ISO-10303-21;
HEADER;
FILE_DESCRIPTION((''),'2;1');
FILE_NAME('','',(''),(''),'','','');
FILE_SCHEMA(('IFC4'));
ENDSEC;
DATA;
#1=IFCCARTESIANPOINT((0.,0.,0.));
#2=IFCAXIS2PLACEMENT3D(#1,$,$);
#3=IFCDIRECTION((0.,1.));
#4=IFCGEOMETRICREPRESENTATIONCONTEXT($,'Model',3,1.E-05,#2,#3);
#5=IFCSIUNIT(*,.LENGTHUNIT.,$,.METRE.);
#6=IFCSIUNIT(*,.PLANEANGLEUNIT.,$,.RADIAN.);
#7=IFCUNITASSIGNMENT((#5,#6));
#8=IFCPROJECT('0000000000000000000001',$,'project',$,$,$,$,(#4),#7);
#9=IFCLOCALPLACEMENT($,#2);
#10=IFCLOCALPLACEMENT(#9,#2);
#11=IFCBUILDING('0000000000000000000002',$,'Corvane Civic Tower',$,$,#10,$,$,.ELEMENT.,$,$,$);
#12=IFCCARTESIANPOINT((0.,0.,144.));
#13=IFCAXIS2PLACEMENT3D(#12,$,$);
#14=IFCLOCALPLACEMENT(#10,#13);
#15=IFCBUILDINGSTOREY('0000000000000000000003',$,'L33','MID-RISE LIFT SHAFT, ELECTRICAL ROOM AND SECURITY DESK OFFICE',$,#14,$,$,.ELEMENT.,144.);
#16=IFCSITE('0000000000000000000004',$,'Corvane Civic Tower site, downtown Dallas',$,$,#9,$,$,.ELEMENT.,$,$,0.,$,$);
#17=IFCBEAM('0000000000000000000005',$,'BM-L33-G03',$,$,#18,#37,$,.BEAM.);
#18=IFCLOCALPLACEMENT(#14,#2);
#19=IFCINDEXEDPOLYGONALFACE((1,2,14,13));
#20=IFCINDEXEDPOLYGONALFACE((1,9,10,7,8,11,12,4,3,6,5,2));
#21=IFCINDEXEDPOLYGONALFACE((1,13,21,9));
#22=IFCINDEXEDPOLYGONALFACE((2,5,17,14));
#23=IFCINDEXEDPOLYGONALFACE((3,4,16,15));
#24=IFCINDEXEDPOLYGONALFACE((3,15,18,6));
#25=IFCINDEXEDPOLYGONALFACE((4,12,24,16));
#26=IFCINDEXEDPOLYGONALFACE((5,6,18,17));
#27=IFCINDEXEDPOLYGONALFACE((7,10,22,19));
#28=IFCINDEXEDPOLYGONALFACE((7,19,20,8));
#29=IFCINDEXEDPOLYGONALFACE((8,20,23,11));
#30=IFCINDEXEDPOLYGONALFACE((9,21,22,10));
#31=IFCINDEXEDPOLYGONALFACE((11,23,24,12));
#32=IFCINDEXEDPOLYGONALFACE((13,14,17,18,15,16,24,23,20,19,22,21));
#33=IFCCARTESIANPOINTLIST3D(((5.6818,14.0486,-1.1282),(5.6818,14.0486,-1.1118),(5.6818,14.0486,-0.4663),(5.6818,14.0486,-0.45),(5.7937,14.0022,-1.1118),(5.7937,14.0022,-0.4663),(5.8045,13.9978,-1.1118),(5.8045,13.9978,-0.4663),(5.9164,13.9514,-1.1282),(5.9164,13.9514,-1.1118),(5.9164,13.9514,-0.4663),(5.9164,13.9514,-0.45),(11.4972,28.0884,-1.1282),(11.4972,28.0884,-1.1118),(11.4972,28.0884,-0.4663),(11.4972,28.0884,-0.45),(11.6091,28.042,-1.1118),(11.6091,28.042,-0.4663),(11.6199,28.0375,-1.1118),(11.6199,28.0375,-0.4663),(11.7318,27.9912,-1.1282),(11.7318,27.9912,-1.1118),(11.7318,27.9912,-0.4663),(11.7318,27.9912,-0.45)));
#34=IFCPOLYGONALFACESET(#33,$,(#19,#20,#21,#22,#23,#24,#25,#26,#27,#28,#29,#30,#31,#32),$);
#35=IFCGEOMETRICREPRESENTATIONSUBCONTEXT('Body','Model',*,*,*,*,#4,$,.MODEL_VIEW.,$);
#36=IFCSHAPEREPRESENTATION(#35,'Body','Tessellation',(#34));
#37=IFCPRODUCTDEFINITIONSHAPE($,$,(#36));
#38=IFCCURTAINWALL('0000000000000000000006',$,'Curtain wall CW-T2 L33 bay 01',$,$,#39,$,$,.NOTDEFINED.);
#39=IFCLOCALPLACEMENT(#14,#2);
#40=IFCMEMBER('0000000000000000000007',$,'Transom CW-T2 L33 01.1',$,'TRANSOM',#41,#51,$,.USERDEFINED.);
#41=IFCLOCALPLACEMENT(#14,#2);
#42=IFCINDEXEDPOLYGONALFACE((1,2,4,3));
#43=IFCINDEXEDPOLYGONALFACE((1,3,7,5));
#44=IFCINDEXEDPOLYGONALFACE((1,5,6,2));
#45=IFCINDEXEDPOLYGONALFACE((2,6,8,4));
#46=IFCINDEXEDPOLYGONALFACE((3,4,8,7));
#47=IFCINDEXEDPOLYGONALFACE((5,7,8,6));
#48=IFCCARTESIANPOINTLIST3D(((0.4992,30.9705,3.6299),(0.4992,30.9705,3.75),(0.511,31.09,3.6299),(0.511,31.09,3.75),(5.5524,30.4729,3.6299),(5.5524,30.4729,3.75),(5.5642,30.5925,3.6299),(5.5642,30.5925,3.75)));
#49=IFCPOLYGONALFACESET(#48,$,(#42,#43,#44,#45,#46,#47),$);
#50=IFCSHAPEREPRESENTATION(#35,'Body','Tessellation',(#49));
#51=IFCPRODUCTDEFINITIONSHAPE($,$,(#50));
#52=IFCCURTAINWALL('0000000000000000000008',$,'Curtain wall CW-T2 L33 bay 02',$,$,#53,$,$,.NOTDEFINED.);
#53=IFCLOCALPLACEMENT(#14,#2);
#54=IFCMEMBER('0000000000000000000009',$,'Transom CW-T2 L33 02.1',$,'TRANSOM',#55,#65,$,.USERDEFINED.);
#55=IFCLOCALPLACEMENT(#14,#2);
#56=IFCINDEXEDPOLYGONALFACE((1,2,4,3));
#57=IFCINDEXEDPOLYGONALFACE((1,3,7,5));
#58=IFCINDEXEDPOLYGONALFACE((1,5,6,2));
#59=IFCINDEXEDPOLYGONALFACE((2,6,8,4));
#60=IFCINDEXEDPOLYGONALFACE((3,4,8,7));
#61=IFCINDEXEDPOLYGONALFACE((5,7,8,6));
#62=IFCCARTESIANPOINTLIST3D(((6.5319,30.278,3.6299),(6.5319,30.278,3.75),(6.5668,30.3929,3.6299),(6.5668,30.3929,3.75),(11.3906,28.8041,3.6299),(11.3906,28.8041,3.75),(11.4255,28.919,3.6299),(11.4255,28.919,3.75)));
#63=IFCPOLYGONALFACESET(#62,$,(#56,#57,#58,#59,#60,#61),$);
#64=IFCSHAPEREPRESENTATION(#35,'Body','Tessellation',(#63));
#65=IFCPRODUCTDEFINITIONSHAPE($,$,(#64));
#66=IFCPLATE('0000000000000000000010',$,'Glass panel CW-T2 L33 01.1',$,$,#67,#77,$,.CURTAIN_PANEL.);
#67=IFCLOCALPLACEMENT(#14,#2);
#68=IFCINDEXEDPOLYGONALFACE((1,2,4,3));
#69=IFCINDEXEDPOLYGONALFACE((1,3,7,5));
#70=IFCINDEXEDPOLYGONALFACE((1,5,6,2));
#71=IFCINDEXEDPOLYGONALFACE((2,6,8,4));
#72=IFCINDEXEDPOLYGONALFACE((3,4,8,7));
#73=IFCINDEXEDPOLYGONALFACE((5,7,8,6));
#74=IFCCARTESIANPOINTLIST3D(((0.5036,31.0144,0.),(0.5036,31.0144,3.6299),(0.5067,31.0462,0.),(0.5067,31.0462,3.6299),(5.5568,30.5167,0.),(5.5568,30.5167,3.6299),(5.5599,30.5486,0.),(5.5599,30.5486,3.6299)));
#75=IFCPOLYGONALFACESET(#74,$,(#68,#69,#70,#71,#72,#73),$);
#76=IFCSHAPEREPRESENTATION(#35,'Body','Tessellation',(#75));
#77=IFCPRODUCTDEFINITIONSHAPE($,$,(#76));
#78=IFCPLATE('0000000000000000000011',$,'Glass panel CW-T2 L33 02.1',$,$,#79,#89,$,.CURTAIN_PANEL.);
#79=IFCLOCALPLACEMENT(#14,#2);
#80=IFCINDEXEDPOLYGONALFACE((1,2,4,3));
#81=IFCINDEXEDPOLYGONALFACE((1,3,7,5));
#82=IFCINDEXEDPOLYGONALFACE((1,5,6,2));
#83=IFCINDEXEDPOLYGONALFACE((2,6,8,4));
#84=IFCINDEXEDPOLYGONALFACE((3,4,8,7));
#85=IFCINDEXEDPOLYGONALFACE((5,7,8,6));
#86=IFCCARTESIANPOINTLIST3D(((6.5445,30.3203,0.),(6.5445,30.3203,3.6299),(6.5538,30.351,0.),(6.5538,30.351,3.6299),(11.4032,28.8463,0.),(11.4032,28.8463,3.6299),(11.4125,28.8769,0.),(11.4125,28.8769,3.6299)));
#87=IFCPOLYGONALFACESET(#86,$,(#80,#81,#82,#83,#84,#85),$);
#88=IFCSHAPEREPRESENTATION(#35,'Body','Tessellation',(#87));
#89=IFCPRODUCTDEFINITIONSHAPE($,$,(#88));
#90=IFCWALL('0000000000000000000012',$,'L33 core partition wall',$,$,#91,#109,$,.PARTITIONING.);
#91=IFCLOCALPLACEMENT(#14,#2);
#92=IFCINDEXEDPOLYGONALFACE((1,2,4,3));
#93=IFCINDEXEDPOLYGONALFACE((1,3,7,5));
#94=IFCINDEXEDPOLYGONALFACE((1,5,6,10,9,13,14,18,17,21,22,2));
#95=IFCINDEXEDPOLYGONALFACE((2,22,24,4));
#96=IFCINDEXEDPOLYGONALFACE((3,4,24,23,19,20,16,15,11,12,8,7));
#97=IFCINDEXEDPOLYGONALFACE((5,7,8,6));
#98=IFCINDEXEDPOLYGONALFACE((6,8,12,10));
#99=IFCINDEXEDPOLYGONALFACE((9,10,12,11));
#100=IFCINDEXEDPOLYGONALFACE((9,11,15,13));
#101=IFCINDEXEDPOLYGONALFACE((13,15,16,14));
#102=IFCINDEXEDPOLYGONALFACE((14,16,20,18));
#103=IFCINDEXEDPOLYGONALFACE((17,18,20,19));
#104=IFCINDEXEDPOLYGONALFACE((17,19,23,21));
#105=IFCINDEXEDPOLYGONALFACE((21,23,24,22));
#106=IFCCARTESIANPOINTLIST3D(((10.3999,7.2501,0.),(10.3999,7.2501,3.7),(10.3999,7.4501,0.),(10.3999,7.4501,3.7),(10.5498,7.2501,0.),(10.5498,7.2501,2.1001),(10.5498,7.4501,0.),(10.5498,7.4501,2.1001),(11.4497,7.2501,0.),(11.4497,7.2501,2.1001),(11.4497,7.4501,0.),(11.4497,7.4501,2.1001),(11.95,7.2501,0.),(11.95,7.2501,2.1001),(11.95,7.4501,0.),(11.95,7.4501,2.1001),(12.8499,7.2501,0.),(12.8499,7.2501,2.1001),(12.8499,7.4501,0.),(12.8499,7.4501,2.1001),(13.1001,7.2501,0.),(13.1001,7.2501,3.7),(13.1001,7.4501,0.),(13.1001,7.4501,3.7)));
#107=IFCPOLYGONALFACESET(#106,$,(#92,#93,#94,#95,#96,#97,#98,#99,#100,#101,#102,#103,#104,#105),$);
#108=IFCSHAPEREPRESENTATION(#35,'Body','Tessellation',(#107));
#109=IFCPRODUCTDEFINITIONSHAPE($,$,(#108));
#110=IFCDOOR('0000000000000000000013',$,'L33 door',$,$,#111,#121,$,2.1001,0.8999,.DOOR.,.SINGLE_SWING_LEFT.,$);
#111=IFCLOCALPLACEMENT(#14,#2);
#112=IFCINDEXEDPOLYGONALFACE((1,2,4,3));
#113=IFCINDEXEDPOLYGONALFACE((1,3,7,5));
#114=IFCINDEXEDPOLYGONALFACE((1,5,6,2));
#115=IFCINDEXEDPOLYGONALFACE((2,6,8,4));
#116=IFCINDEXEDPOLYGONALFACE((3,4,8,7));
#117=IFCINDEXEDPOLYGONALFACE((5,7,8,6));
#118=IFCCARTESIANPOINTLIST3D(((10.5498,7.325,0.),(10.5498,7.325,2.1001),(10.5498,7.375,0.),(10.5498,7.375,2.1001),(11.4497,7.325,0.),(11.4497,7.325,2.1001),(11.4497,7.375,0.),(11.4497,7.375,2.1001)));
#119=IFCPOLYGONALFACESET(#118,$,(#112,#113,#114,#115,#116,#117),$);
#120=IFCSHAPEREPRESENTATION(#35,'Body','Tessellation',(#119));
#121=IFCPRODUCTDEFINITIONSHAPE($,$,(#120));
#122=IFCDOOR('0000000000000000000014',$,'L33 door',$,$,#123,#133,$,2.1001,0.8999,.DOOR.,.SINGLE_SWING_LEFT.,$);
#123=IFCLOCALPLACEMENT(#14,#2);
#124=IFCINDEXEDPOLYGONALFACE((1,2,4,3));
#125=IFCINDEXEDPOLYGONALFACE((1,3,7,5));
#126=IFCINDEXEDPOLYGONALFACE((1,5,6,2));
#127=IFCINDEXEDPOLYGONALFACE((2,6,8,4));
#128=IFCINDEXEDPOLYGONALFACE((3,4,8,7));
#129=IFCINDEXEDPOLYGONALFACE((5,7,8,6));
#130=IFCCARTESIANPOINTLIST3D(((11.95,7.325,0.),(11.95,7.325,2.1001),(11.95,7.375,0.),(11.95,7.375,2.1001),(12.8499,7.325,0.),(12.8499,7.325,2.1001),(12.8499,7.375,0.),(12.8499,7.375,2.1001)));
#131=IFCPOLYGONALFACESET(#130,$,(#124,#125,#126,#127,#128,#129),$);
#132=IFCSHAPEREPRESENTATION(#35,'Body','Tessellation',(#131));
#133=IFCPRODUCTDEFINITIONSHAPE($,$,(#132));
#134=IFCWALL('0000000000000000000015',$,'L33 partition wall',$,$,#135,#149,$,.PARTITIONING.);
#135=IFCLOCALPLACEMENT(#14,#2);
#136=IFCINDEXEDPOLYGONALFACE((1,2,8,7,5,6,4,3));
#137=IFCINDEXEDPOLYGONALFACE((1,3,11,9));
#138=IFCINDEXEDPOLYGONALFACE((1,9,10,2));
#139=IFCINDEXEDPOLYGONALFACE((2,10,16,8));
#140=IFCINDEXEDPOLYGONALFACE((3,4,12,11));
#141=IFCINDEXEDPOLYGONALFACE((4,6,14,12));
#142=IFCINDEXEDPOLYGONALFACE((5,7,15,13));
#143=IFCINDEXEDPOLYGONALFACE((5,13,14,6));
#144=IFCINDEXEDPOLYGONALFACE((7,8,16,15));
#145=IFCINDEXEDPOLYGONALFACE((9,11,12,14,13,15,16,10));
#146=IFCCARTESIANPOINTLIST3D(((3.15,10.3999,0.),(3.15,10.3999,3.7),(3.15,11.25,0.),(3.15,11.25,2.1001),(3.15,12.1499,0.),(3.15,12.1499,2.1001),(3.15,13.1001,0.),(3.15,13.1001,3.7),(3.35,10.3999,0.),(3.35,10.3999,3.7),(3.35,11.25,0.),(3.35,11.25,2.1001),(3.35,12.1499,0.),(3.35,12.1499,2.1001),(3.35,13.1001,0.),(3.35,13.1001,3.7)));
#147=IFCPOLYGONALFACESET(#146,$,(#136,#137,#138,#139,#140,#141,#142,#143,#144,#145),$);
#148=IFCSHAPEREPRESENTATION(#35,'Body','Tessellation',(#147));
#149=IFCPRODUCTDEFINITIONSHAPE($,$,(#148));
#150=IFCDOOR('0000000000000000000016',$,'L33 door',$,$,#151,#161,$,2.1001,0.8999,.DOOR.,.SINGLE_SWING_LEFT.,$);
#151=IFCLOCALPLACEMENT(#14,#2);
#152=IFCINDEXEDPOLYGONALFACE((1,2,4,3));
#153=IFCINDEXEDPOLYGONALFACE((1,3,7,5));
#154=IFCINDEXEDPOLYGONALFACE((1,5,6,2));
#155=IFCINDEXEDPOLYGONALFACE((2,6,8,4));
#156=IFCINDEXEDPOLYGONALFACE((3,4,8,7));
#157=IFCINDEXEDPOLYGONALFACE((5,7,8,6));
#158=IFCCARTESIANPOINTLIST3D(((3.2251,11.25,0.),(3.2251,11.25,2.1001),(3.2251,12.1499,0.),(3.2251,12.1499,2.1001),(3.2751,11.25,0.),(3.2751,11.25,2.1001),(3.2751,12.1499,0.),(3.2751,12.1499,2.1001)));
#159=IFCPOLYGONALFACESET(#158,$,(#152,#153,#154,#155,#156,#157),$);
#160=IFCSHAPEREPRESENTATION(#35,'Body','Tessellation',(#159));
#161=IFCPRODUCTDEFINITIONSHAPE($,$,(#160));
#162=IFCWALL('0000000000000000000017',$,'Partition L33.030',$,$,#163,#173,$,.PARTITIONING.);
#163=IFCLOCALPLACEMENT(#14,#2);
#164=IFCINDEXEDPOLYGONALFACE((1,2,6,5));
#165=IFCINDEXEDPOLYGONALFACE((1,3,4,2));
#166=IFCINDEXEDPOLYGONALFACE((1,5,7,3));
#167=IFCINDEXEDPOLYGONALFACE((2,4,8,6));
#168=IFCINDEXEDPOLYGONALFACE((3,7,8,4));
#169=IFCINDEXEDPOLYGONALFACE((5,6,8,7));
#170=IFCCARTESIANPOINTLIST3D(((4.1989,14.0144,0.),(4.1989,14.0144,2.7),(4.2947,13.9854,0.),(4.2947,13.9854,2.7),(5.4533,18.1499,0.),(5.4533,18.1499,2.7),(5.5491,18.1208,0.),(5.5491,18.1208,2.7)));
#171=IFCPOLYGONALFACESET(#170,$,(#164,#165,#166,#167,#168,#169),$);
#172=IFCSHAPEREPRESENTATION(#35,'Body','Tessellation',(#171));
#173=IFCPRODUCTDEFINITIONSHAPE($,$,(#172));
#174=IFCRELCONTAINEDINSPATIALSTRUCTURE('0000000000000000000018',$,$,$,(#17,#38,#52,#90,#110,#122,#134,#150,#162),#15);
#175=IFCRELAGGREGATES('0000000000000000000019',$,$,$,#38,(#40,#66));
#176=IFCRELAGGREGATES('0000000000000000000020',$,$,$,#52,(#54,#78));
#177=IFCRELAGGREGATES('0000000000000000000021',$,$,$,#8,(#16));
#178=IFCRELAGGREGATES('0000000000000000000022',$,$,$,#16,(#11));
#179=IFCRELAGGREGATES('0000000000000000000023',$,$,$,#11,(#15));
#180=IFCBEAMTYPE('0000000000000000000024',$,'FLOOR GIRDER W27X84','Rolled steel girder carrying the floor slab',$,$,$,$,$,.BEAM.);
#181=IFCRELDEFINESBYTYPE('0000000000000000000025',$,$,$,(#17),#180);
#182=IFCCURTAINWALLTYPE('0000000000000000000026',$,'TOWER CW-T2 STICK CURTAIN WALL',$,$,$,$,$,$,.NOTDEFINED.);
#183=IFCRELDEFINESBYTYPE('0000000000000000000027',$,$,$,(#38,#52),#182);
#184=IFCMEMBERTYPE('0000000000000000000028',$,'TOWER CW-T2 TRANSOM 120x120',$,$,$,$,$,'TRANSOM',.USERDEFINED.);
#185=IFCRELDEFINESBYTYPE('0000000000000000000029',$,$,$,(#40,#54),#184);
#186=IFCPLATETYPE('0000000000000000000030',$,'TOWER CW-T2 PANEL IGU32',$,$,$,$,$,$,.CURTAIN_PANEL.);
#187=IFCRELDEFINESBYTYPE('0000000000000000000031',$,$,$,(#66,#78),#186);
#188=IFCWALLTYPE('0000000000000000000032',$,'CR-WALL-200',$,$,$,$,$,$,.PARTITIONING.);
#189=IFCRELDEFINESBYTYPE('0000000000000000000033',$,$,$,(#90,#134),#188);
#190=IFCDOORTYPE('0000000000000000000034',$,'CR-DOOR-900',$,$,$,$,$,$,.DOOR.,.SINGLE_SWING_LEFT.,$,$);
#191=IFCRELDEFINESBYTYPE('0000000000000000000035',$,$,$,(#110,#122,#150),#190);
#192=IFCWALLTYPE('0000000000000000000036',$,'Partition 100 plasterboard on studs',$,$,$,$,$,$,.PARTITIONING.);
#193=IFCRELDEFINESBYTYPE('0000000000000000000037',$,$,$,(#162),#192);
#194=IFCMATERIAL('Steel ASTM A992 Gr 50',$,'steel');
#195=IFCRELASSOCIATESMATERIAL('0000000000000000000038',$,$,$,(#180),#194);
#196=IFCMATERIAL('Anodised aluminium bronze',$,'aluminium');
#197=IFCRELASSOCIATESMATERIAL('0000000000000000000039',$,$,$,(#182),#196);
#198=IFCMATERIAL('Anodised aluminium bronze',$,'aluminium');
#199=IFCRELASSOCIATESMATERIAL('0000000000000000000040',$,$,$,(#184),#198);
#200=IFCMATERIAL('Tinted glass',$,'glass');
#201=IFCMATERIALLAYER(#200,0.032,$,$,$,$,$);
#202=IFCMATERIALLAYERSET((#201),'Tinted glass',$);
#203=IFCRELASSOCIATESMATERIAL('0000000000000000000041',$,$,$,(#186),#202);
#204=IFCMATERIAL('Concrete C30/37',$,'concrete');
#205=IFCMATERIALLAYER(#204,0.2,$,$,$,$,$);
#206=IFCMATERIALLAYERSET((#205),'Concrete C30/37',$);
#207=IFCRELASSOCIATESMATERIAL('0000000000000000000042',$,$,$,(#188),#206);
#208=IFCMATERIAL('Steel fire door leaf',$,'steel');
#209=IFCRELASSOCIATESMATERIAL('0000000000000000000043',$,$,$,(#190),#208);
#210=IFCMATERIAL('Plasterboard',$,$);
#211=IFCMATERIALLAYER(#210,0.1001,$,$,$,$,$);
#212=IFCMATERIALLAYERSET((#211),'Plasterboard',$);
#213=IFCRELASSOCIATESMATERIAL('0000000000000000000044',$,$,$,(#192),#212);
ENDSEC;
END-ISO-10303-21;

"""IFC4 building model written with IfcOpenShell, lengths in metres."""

from ifc_helpers import new_model, si_unit, direction, frame, frame_2d, origin, origin_2d, place, context, subcontext, project, spatial, rectangle, i_section, extrude, material, layer, layer_set, material_profile, profile_set, type_object, element, fill, aggregate, save


model = new_model("IFC4")

# Units and contexts
model_context = context("Model", 3, precision=1e-05, world=origin(), true_north=direction((0.0, 1.0)))
body_context = subcontext(model_context, "Body", "Model", "MODEL_VIEW")
ifc_project = project(units=[si_unit("LENGTHUNIT", "METRE"), si_unit("PLANEANGLEUNIT", "RADIAN")], contexts=[model_context])

# Site, building, storey
site_placement = place(None, origin())
site = spatial("IfcSite", under=ifc_project, at=site_placement, Name="Corvane Civic Tower site, downtown Dallas", CompositionType="ELEMENT", RefElevation=0.0)
building_placement = place(site_placement, origin())
building = spatial("IfcBuilding", under=site, at=building_placement, Name="Corvane Civic Tower", CompositionType="ELEMENT")
storey_placement = place(building_placement, frame((0.0, 0.0, 144.0)))
storey = spatial("IfcBuildingStorey", under=building, at=storey_placement, Name="L33", Description="MID-RISE LIFT SHAFT, ELECTRICAL ROOM AND SECURITY DESK OFFICE", CompositionType="ELEMENT", Elevation=144.0)

# Beam
ifc_material_1 = material(Name="Steel ASTM A992 Gr 50", Category="steel")
ifc_material_profile_1 = material_profile(ifc_material_1, i_section(OverallWidth=0.2539, OverallDepth=0.6782, WebThickness=0.0117, FlangeThickness=0.0164, at=origin_2d()), Name="W27X84")
ifc_profile_set_1 = profile_set([ifc_material_profile_1], Name="Steel ASTM A992 Gr 50")
beam_type_1 = type_object("IfcBeamType", Name="FLOOR GIRDER W27X84", Description="Rolled steel girder carrying the floor slab", PredefinedType="BEAM", material=ifc_profile_set_1)
beam_1_placement = place(storey_placement, frame((5.7991, 14.0, -0.7891), z_axis=(0.382681, 0.923881, 0.0), x_axis=(-0.923881, 0.382681, 0.0)))
element("IfcBeam", 1, at=beam_1_placement, inside=storey, type_object=beam_type_1, Name="BM-L33-G03", PredefinedType="BEAM", context=body_context, shape_type="SweptSolid", body=[
    extrude(i_section(OverallWidth=0.2539, OverallDepth=0.6782, WebThickness=0.0117, FlangeThickness=0.0164, at=origin_2d()), origin(), (0.0, 0.0, 1.0), 15.1965),
])

# Curtain walls, members
ifc_material_2 = material(Name="Anodised aluminium bronze", Category="aluminium")
curtain_wall_type = type_object("IfcCurtainWallType", Name="TOWER CW-T2 STICK CURTAIN WALL", PredefinedType="NOTDEFINED", material=ifc_material_2)
curtain_wall_1_placement = place(storey_placement, origin())
curtain_wall_1 = element("IfcCurtainWall", 2, at=curtain_wall_1_placement, inside=storey, type_object=curtain_wall_type, Name="Curtain wall CW-T2 L33 bay 01", PredefinedType="NOTDEFINED")
ifc_material_3 = material(Name="Anodised aluminium bronze", Category="aluminium")
ifc_material_profile_2 = material_profile(ifc_material_3, rectangle(XDim=0.1201, YDim=0.1201, at=origin_2d()), Name="TOWER CW-T2 TRANSOM 120x120")
ifc_profile_set_2 = profile_set([ifc_material_profile_2], Name="Anodised aluminium bronze")
member_type = type_object("IfcMemberType", Name="TOWER CW-T2 TRANSOM 120x120", ElementType="TRANSOM", PredefinedType="USERDEFINED", material=ifc_profile_set_2)
member_1_placement = place(storey_placement, frame((0.5051, 31.0303, 3.6899), z_axis=(0.995187, -0.09799, 0.0), x_axis=(0.09799, 0.995187, 0.0)))
member_1 = element("IfcMember", 3, at=member_1_placement, type_object=member_type, Name="Transom CW-T2 L33 01.1", ObjectType="TRANSOM", PredefinedType="USERDEFINED", context=body_context, shape_type="SweptSolid", body=[
    extrude(rectangle(XDim=0.1201, YDim=0.1201, at=origin_2d()), origin(), (0.0, 0.0, 1.0), 5.0776),
])
curtain_wall_2_placement = place(storey_placement, origin())
curtain_wall_2 = element("IfcCurtainWall", 4, at=curtain_wall_2_placement, inside=storey, type_object=curtain_wall_type, Name="Curtain wall CW-T2 L33 bay 02", PredefinedType="NOTDEFINED")
member_2_placement = place(storey_placement, frame((6.5493, 30.3354, 3.6899), z_axis=(0.956939, -0.290289, 0.0), x_axis=(0.290289, 0.956939, 0.0)))
member_2 = element("IfcMember", 5, at=member_2_placement, type_object=member_type, Name="Transom CW-T2 L33 02.1", ObjectType="TRANSOM", PredefinedType="USERDEFINED", context=body_context, shape_type="SweptSolid", body=[
    extrude(rectangle(XDim=0.1201, YDim=0.1201, at=origin_2d()), origin(), (0.0, 0.0, 1.0), 5.0774),
])

# Plates
ifc_material_4 = material(Name="Tinted glass", Category="glass")
ifc_layer_1 = layer(ifc_material_4, 0.032)
ifc_layer_set_1 = layer_set([ifc_layer_1], Name="Tinted glass")
plate_type = type_object("IfcPlateType", Name="TOWER CW-T2 PANEL IGU32", PredefinedType="CURTAIN_PANEL", material=ifc_layer_set_1)
plate_1_placement = place(storey_placement, frame((3.0317, 30.7815, 0.0), z_axis=(0.0, 0.0, 1.0), x_axis=(0.995185, -0.098012, 0.0)))
plate_1 = element("IfcPlate", 6, at=plate_1_placement, type_object=plate_type, Name="Glass panel CW-T2 L33 01.1", PredefinedType="CURTAIN_PANEL", context=body_context, shape_type="SweptSolid", body=[
    extrude(rectangle(XDim=5.0776, YDim=0.032, at=origin_2d()), origin(), (0.0, 0.0, 1.0), 3.6299),
])
aggregate(curtain_wall_1, [member_1, plate_1])
plate_2_placement = place(storey_placement, frame((8.9785, 29.5986, 0.0), z_axis=(0.0, 0.0, 1.0), x_axis=(0.956932, -0.290313, 0.0)))
plate_2 = element("IfcPlate", 7, at=plate_2_placement, type_object=plate_type, Name="Glass panel CW-T2 L33 02.1", PredefinedType="CURTAIN_PANEL", context=body_context, shape_type="SweptSolid", body=[
    extrude(rectangle(XDim=5.0774, YDim=0.032, at=origin_2d()), origin(), (0.0, 0.0, 1.0), 3.6299),
])
aggregate(curtain_wall_2, [member_2, plate_2])

# Wall, openings, doors
ifc_material_5 = material(Name="Concrete C30/37", Category="concrete")
ifc_layer_2 = layer(ifc_material_5, 0.2)
ifc_layer_set_2 = layer_set([ifc_layer_2], Name="Concrete C30/37")
wall_type_1 = type_object("IfcWallType", Name="CR-WALL-200", PredefinedType="PARTITIONING", material=ifc_layer_set_2)
wall_1_placement = place(storey_placement, frame((10.3999, 7.3501, 0.0), z_axis=(0.0, 0.0, 1.0), x_axis=(1.0, 0.0, 0.0)))
wall_1 = element("IfcWall", 8, at=wall_1_placement, inside=storey, type_object=wall_type_1, Name="L33 core partition wall", PredefinedType="PARTITIONING", context=body_context, shape_type="SweptSolid", body=[
    extrude(rectangle(XDim=2.7002, YDim=0.2, at=frame_2d((1.3501, 0.0))), origin(), (0.0, 0.0, 1.0), 3.7),
])
opening_1_placement = place(wall_1_placement, frame((0.1499, 0.0, 0.0)))
opening_1 = element("IfcOpeningElement", 9, at=opening_1_placement, cuts=wall_1, PredefinedType="OPENING", context=body_context, shape_type="SweptSolid", body=[
    extrude(rectangle(XDim=0.8999, YDim=2.1001, at=frame_2d((0.45, 1.05))), frame((0.0, 0.1099, 0.0), z_axis=(0.0, -1.0, 0.0), x_axis=(1.0, 0.0, 0.0)), (0.0, 0.0, 1.0), 0.22),
])
opening_2_placement = place(wall_1_placement, frame((1.55, 0.0, 0.0)))
opening_2 = element("IfcOpeningElement", 10, at=opening_2_placement, cuts=wall_1, PredefinedType="OPENING", context=body_context, shape_type="SweptSolid", body=[
    extrude(rectangle(XDim=0.8999, YDim=2.1001, at=frame_2d((0.45, 1.05))), frame((0.0, 0.1099, 0.0), z_axis=(0.0, -1.0, 0.0), x_axis=(1.0, 0.0, 0.0)), (0.0, 0.0, 1.0), 0.22),
])
ifc_material_6 = material(Name="Steel fire door leaf", Category="steel")
door_type_1 = type_object("IfcDoorType", Name="CR-DOOR-900", OperationType="SINGLE_SWING_LEFT", PredefinedType="DOOR", material=ifc_material_6)
door_1_placement = place(opening_1_placement, origin())
door_1 = element("IfcDoor", 11, at=door_1_placement, inside=storey, type_object=door_type_1, Name="L33 door", OperationType="SINGLE_SWING_LEFT", OverallHeight=2.1001, OverallWidth=0.8999, PredefinedType="DOOR", context=body_context, shape_type="SweptSolid", body=[
    extrude(rectangle(XDim=0.8999, YDim=2.1001, at=frame_2d((0.45, 1.05))), frame((0.0, 0.0249, 0.0), z_axis=(0.0, -1.0, 0.0), x_axis=(1.0, 0.0, 0.0)), (0.0, 0.0, 1.0), 0.05),
])
fill(opening_1, door_1)
door_2_placement = place(opening_2_placement, origin())
door_2 = element("IfcDoor", 12, at=door_2_placement, inside=storey, type_object=door_type_1, Name="L33 door", OperationType="SINGLE_SWING_LEFT", OverallHeight=2.1001, OverallWidth=0.8999, PredefinedType="DOOR", context=body_context, shape_type="SweptSolid", body=[
    extrude(rectangle(XDim=0.8999, YDim=2.1001, at=frame_2d((0.45, 1.05))), frame((0.0, 0.0249, 0.0), z_axis=(0.0, -1.0, 0.0), x_axis=(1.0, 0.0, 0.0)), (0.0, 0.0, 1.0), 0.05),
])
fill(opening_2, door_2)

# Wall, opening, door
wall_2_placement = place(storey_placement, frame((3.25, 10.3999, 0.0), z_axis=(0.0, 0.0, 1.0), x_axis=(0.0, 1.0, 0.0)))
wall_2 = element("IfcWall", 13, at=wall_2_placement, inside=storey, type_object=wall_type_1, Name="L33 partition wall", PredefinedType="PARTITIONING", context=body_context, shape_type="SweptSolid", body=[
    extrude(rectangle(XDim=2.7002, YDim=0.2, at=frame_2d((1.3501, 0.0))), origin(), (0.0, 0.0, 1.0), 3.7),
])
opening_3_placement = place(wall_2_placement, frame((0.8501, 0.0, 0.0)))
opening_3 = element("IfcOpeningElement", 14, at=opening_3_placement, cuts=wall_2, PredefinedType="OPENING", context=body_context, shape_type="SweptSolid", body=[
    extrude(rectangle(XDim=0.8999, YDim=2.1001, at=frame_2d((0.45, 1.05))), frame((0.0, 0.1099, 0.0), z_axis=(0.0, -1.0, 0.0), x_axis=(1.0, 0.0, 0.0)), (0.0, 0.0, 1.0), 0.22),
])
door_3_placement = place(opening_3_placement, origin())
door_3 = element("IfcDoor", 15, at=door_3_placement, inside=storey, type_object=door_type_1, Name="L33 door", OperationType="SINGLE_SWING_LEFT", OverallHeight=2.1001, OverallWidth=0.8999, PredefinedType="DOOR", context=body_context, shape_type="SweptSolid", body=[
    extrude(rectangle(XDim=0.8999, YDim=2.1001, at=frame_2d((0.45, 1.05))), frame((0.0, 0.0249, 0.0), z_axis=(0.0, -1.0, 0.0), x_axis=(1.0, 0.0, 0.0)), (0.0, 0.0, 1.0), 0.05),
])
fill(opening_3, door_3)

# Wall
ifc_material_7 = material(Name="Plasterboard")
ifc_layer_3 = layer(ifc_material_7, 0.1001)
ifc_layer_set_3 = layer_set([ifc_layer_3], Name="Plasterboard")
wall_type_2 = type_object("IfcWallType", Name="Partition 100 plasterboard on studs", PredefinedType="PARTITIONING", material=ifc_layer_set_3)
wall_3_placement = place(storey_placement, frame((4.2468, 14.0, 0.0), z_axis=(0.0, 0.0, 1.0), x_axis=(0.290265, 0.956946, 0.0)))
element("IfcWall", 16, at=wall_3_placement, inside=storey, type_object=wall_type_2, Name="Partition L33.030", PredefinedType="PARTITIONING", context=body_context, shape_type="SweptSolid", body=[
    extrude(rectangle(XDim=4.3215, YDim=0.1001, at=frame_2d((2.1606, 0.0))), origin(), (0.0, 0.0, 1.0), 2.7),
])

save(model, "model.ifc")
